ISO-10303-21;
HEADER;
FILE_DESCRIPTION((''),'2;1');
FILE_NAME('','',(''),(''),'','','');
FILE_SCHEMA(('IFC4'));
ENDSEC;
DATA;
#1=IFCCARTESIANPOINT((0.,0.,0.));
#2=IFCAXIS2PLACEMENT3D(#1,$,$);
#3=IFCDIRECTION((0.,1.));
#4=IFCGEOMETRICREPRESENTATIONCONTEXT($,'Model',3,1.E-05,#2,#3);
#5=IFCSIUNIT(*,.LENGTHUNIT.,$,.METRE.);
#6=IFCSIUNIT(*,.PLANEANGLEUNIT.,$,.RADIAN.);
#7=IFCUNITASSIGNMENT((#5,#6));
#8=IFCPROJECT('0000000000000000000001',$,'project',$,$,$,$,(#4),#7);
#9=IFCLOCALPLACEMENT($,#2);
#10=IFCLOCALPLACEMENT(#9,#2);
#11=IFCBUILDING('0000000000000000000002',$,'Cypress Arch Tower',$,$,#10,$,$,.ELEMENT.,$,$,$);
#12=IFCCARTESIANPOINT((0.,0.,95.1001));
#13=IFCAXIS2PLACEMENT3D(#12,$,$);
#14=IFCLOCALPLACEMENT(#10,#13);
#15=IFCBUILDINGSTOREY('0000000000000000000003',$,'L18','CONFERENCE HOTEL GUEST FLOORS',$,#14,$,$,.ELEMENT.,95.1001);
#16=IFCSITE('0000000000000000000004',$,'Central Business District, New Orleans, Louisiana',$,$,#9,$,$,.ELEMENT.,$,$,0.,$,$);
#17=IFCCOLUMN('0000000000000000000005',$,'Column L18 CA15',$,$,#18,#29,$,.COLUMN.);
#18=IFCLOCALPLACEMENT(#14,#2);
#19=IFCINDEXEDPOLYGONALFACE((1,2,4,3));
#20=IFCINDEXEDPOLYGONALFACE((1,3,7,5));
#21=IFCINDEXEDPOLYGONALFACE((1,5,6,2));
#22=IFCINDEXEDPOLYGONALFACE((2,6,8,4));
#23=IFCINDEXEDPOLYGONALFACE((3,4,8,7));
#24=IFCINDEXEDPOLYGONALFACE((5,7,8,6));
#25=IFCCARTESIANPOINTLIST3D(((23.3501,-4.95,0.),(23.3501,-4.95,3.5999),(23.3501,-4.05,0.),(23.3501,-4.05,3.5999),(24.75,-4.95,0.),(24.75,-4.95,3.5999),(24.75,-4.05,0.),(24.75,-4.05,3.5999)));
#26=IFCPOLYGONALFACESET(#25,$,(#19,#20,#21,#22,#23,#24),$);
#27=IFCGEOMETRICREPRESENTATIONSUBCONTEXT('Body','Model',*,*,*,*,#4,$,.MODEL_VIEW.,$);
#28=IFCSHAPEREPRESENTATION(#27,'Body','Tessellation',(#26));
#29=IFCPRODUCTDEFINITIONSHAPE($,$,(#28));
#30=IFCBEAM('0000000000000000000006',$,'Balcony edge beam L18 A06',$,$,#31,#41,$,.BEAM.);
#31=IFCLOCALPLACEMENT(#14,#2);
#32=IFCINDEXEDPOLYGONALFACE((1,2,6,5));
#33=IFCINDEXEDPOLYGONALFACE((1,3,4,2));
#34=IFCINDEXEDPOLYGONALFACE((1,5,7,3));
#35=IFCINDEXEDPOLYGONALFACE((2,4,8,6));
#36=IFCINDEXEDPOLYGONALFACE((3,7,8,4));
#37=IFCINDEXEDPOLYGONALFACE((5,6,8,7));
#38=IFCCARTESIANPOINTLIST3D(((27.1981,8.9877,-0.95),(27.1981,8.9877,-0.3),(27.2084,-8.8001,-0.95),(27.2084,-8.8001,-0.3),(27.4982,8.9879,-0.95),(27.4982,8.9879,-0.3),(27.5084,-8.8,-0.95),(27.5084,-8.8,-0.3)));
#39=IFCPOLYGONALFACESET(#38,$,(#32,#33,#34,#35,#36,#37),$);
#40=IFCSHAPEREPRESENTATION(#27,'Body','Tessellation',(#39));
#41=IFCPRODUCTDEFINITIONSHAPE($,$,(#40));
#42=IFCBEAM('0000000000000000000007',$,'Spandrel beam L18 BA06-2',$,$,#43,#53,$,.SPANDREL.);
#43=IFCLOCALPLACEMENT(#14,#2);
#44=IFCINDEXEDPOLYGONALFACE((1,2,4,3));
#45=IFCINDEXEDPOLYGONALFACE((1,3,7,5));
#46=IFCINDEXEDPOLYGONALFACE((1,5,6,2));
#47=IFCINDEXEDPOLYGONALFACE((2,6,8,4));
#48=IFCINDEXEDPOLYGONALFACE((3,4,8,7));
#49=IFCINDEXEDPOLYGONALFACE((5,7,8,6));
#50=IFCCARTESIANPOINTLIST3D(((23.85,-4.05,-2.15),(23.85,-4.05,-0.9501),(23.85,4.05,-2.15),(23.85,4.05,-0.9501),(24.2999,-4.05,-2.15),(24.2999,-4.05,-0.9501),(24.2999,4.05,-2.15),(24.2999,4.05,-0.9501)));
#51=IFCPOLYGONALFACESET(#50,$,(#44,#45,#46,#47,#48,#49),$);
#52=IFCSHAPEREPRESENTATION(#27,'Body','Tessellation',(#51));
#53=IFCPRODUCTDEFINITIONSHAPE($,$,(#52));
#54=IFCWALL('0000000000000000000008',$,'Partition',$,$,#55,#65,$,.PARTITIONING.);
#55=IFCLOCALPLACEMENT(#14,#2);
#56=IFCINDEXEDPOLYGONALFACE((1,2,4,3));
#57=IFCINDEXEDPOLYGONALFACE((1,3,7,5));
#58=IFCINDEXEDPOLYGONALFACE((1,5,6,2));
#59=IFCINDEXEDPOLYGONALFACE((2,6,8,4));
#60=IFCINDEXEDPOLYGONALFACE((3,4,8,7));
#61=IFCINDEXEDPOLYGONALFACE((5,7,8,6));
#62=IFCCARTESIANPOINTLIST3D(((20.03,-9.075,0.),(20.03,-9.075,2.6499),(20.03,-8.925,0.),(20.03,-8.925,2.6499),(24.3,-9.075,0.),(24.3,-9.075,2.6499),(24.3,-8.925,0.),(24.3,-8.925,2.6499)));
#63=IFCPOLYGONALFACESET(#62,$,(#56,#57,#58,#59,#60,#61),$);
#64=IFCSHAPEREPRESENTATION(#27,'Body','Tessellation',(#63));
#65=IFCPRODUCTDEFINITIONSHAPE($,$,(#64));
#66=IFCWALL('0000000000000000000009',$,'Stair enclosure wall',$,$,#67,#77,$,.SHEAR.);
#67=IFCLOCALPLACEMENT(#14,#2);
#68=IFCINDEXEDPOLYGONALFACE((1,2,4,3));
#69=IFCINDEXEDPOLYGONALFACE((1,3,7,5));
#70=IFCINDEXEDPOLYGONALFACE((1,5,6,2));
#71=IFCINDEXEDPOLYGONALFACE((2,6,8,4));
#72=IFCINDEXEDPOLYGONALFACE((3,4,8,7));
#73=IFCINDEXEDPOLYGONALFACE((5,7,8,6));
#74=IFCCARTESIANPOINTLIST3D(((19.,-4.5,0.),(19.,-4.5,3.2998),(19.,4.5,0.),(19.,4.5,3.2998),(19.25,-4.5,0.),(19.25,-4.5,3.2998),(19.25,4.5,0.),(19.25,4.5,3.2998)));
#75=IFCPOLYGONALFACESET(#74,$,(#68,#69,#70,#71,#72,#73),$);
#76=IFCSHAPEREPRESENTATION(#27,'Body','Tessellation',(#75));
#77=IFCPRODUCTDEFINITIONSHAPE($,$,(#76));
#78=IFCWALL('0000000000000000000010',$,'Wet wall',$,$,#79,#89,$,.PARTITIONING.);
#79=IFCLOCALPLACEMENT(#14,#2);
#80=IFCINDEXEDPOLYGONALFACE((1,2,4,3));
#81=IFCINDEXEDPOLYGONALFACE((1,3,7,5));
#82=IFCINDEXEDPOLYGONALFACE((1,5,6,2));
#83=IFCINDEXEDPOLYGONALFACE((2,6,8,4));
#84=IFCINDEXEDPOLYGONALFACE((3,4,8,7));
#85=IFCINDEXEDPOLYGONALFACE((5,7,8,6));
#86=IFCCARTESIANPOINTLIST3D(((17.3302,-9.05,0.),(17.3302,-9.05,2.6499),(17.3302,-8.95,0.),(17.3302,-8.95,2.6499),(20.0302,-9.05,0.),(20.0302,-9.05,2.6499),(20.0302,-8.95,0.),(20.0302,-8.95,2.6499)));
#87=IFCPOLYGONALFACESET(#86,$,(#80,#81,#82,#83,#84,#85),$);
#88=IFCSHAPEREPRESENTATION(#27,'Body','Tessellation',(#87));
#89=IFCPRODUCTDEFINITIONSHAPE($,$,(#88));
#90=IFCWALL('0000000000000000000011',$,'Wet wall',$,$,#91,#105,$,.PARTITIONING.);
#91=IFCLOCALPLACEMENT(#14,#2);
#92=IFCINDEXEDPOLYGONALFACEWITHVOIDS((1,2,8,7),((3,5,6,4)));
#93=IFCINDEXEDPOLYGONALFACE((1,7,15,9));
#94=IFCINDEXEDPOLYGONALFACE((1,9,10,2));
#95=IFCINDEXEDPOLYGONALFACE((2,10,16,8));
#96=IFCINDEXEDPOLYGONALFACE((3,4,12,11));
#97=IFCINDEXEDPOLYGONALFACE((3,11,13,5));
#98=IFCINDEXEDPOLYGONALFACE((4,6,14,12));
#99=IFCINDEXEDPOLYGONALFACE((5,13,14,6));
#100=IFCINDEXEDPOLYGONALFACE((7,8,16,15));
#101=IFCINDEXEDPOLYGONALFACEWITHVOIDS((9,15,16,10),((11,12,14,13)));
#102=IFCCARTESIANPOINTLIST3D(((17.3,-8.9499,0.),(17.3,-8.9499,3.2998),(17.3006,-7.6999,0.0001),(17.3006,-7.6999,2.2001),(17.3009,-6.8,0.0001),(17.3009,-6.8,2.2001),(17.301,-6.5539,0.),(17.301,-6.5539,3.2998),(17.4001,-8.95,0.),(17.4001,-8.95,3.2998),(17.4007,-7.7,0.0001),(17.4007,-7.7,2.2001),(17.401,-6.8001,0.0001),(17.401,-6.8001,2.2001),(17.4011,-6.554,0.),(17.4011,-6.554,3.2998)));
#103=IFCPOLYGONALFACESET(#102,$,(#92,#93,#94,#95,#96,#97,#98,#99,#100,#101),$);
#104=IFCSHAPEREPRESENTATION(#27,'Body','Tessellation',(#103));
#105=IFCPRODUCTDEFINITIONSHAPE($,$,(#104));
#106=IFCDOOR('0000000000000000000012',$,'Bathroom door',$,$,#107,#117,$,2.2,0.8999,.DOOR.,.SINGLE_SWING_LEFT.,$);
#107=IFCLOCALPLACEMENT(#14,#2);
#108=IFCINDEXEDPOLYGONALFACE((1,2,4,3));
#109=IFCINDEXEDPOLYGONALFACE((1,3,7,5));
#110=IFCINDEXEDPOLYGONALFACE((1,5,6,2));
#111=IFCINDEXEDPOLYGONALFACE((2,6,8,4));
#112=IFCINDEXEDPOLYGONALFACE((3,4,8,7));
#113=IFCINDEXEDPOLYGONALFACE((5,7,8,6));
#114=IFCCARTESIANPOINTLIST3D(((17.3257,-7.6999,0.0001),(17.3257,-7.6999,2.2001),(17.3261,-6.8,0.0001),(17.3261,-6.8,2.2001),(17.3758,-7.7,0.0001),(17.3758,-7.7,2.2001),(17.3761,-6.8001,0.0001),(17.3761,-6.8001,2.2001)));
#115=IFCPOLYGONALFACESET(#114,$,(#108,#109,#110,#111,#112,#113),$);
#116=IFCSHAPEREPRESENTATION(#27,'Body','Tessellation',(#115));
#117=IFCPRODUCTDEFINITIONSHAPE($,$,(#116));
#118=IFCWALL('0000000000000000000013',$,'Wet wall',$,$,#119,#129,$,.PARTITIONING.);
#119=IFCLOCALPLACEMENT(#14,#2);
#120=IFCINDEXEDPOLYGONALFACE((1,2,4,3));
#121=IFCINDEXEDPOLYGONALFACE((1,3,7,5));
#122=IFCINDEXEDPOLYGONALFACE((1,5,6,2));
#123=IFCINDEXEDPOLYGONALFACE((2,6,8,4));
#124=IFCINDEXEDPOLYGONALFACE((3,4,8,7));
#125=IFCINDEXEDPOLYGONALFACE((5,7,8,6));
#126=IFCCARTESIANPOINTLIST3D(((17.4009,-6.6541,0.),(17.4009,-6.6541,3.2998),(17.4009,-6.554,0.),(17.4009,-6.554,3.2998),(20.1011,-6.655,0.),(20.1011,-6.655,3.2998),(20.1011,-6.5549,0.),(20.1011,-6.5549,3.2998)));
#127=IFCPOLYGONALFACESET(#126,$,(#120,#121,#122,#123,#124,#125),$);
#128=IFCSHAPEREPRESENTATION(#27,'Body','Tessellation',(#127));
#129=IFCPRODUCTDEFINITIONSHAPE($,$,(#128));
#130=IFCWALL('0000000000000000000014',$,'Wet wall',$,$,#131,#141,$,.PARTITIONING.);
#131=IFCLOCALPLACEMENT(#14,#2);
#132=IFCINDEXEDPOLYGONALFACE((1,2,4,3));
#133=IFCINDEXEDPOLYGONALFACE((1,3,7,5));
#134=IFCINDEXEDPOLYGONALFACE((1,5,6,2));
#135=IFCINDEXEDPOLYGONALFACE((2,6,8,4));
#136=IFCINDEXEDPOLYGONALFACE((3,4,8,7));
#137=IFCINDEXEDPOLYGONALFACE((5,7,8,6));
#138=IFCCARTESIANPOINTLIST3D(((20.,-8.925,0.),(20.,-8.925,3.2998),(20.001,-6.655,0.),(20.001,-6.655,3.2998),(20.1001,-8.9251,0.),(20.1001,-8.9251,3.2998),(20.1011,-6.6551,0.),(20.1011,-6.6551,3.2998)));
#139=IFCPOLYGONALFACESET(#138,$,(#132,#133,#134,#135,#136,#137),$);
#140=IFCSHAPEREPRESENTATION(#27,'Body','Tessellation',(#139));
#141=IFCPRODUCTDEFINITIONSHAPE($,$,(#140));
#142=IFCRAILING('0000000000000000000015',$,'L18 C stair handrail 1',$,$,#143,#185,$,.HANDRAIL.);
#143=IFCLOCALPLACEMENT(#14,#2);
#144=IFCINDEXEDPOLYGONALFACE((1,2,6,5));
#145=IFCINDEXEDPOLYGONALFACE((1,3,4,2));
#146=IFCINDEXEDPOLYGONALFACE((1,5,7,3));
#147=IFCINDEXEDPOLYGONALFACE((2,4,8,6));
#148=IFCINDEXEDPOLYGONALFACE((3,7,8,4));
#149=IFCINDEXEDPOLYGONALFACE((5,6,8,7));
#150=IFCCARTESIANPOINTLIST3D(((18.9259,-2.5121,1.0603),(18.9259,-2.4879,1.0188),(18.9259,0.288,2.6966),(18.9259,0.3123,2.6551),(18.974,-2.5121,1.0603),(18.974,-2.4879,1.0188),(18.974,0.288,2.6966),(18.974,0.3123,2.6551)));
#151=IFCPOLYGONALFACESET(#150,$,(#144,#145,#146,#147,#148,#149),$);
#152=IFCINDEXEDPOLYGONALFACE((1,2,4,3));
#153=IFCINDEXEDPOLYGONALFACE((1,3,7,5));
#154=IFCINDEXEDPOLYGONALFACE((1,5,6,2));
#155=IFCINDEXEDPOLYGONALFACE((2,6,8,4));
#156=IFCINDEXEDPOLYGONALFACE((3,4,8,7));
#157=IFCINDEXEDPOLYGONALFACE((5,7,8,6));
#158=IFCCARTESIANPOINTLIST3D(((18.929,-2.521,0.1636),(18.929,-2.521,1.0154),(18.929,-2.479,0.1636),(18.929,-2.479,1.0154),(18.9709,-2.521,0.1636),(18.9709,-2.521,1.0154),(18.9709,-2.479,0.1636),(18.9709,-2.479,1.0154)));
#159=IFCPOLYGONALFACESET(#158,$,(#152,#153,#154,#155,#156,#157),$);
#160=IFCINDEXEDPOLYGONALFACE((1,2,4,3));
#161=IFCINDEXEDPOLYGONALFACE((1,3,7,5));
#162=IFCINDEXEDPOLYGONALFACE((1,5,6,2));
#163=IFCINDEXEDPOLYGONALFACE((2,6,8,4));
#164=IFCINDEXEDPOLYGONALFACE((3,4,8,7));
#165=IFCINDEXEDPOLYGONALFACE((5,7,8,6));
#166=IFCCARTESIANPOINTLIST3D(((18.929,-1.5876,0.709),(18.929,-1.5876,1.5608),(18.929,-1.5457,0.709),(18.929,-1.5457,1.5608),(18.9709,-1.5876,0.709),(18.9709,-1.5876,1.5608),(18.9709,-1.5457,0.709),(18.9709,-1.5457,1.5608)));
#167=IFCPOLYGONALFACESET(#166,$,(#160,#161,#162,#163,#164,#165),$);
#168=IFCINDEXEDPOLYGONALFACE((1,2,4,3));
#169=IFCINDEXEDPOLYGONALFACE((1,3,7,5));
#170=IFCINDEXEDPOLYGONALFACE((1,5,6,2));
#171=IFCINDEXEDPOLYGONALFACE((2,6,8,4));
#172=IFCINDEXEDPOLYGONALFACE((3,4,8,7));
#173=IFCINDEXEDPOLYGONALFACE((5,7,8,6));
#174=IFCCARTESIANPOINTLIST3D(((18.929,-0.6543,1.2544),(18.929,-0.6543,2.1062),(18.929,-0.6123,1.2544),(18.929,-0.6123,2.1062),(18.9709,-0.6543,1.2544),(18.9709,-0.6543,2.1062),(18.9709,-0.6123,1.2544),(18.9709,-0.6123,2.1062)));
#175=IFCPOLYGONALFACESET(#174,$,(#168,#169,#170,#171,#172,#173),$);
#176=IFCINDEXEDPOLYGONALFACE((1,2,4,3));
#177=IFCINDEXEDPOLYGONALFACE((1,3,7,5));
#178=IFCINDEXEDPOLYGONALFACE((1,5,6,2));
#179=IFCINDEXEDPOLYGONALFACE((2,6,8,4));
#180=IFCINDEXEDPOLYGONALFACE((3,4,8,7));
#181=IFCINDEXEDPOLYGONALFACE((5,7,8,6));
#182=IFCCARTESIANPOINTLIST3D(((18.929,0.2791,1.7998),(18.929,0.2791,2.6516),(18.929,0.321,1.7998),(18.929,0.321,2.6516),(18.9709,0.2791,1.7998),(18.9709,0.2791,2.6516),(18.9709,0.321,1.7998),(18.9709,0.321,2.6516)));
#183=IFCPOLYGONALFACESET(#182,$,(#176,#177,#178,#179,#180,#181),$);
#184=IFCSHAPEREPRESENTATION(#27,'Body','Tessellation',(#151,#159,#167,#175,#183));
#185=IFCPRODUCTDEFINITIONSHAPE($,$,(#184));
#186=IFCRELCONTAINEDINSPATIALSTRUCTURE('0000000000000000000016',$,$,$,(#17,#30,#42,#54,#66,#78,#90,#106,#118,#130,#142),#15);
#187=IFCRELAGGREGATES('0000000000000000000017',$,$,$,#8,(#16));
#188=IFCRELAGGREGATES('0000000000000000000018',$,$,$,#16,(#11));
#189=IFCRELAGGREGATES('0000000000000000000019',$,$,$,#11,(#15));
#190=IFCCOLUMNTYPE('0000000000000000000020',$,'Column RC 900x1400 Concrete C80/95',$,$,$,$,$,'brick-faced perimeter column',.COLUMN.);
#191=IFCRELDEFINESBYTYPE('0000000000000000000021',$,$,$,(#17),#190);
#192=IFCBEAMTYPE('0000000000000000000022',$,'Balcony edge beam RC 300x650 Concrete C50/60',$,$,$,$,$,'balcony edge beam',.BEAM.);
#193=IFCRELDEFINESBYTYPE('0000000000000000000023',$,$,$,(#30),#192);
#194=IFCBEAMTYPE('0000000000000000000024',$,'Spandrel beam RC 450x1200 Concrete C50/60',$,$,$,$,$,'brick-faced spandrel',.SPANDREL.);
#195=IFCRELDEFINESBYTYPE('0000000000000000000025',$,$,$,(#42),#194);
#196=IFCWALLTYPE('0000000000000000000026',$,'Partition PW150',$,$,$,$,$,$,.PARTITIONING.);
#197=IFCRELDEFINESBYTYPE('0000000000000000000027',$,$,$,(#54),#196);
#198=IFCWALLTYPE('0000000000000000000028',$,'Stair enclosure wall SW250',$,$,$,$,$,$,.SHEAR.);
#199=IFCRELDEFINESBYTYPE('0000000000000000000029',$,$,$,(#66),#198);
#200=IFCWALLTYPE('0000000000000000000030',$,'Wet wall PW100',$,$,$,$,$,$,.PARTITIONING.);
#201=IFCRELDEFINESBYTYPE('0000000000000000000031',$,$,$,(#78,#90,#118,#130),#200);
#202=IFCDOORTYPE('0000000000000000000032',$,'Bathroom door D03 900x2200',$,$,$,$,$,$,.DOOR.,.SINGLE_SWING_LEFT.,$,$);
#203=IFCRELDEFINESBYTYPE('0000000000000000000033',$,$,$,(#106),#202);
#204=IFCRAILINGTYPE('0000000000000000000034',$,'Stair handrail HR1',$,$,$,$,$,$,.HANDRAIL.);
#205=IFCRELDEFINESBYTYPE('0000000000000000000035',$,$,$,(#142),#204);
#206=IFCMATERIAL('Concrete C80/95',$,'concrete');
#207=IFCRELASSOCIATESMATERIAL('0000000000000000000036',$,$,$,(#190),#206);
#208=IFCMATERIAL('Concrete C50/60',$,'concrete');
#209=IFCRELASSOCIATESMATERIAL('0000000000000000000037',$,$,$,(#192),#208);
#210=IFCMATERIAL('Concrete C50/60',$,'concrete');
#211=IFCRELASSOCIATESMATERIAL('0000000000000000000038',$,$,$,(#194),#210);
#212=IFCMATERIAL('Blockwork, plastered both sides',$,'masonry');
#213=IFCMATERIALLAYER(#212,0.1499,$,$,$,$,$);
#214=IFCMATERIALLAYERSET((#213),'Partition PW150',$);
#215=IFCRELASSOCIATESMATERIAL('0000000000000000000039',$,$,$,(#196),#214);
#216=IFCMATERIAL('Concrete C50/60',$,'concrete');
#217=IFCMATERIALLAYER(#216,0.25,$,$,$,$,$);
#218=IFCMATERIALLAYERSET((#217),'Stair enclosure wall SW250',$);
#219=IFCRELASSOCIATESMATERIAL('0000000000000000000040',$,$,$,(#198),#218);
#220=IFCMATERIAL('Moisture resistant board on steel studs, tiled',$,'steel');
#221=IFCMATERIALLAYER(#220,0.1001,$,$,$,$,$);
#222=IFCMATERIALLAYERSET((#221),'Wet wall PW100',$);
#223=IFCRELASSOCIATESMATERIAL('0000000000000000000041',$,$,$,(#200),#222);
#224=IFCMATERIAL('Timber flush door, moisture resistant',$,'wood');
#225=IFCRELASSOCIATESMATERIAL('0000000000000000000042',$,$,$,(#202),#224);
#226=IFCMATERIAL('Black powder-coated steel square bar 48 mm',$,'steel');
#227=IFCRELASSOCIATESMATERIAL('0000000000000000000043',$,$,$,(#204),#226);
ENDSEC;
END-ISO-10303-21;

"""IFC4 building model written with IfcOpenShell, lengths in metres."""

from ifc_helpers import new_model, si_unit, direction, frame, frame_2d, origin, origin_2d, place, context, subcontext, project, spatial, rectangle, extrude, material, layer, layer_set, material_profile, profile_set, type_object, element, fill, save


model = new_model("IFC4")

# Units and contexts
model_context = context("Model", 3, precision=1e-05, world=origin(), true_north=direction((0.0, 1.0)))
body_context = subcontext(model_context, "Body", "Model", "MODEL_VIEW")
ifc_project = project(units=[si_unit("LENGTHUNIT", "METRE"), si_unit("PLANEANGLEUNIT", "RADIAN")], contexts=[model_context])

# Site, building, storey
site_placement = place(None, origin())
site = spatial("IfcSite", under=ifc_project, at=site_placement, Name="Central Business District, New Orleans, Louisiana", CompositionType="ELEMENT", RefElevation=0.0)
building_placement = place(site_placement, origin())
building = spatial("IfcBuilding", under=site, at=building_placement, Name="Cypress Arch Tower", CompositionType="ELEMENT")
storey_placement = place(building_placement, frame((0.0, 0.0, 95.1001)))
storey = spatial("IfcBuildingStorey", under=building, at=storey_placement, Name="L18", Description="CONFERENCE HOTEL GUEST FLOORS", CompositionType="ELEMENT", Elevation=95.1001)

# Column
ifc_material_1 = material(Name="Concrete C80/95", Category="concrete")
ifc_material_profile_1 = material_profile(ifc_material_1, rectangle(XDim=0.8999, YDim=1.3999, at=origin_2d()), Name="RC 900x1400")
ifc_profile_set_1 = profile_set([ifc_material_profile_1], Name="Concrete C80/95")
column_type = type_object("IfcColumnType", Name="Column RC 900x1400 Concrete C80/95", ElementType="brick-faced perimeter column", PredefinedType="COLUMN", material=ifc_profile_set_1)
column_placement = place(storey_placement, frame((24.05, -4.5, 0.0), z_axis=(0.0, 0.0, 1.0), x_axis=(0.0, 1.0, 0.0)))
element("IfcColumn", 1, at=column_placement, inside=storey, type_object=column_type, Name="Column L18 CA15", PredefinedType="COLUMN", context=body_context, shape_type="SweptSolid", body=[
    extrude(rectangle(XDim=0.8999, YDim=1.3999, at=origin_2d()), origin(), (0.0, 0.0, 1.0), 3.5999),
])

# Beams
ifc_material_2 = material(Name="Concrete C50/60", Category="concrete")
ifc_material_profile_2 = material_profile(ifc_material_2, rectangle(XDim=0.3, YDim=0.6499, at=origin_2d()), Name="RC 300x650")
ifc_profile_set_2 = profile_set([ifc_material_profile_2], Name="Concrete C50/60")
beam_type_1 = type_object("IfcBeamType", Name="Balcony edge beam RC 300x650 Concrete C50/60", ElementType="balcony edge beam", PredefinedType="BEAM", material=ifc_profile_set_2)
beam_1_placement = place(storey_placement, frame((27.3584, -8.8, -0.625), z_axis=(-0.000576, 1.0, 0.0), x_axis=(-1.0, -0.000576, 0.0)))
element("IfcBeam", 2, at=beam_1_placement, inside=storey, type_object=beam_type_1, Name="Balcony edge beam L18 A06", PredefinedType="BEAM", context=body_context, shape_type="SweptSolid", body=[
    extrude(rectangle(XDim=0.3, YDim=0.6499, at=origin_2d()), origin(), (0.0, 0.0, 1.0), 17.7878),
])
ifc_material_3 = material(Name="Concrete C50/60", Category="concrete")
ifc_material_profile_3 = material_profile(ifc_material_3, rectangle(XDim=0.45, YDim=1.2, at=origin_2d()), Name="RC 450x1200")
ifc_profile_set_3 = profile_set([ifc_material_profile_3], Name="Concrete C50/60")
beam_type_2 = type_object("IfcBeamType", Name="Spandrel beam RC 450x1200 Concrete C50/60", ElementType="brick-faced spandrel", PredefinedType="SPANDREL", material=ifc_profile_set_3)
beam_2_placement = place(storey_placement, frame((24.075, -4.05, -1.55), z_axis=(0.0, 1.0, 0.0), x_axis=(-1.0, 0.0, 0.0)))
element("IfcBeam", 3, at=beam_2_placement, inside=storey, type_object=beam_type_2, Name="Spandrel beam L18 BA06-2", PredefinedType="SPANDREL", context=body_context, shape_type="SweptSolid", body=[
    extrude(rectangle(XDim=0.45, YDim=1.2, at=origin_2d()), origin(), (0.0, 0.0, 1.0), 8.1001),
])

# Walls
ifc_material_4 = material(Name="Blockwork, plastered both sides", Category="masonry")
ifc_layer_1 = layer(ifc_material_4, 0.1499)
ifc_layer_set_1 = layer_set([ifc_layer_1], Name="Partition PW150")
wall_type_1 = type_object("IfcWallType", Name="Partition PW150", PredefinedType="PARTITIONING", material=ifc_layer_set_1)
wall_1_placement = place(storey_placement, frame((20.03, -9.0, 0.0), z_axis=(0.0, 0.0, 1.0), x_axis=(1.0, 0.0, 0.0)))
element("IfcWall", 4, at=wall_1_placement, inside=storey, type_object=wall_type_1, Name="Partition", PredefinedType="PARTITIONING", context=body_context, shape_type="SweptSolid", body=[
    extrude(rectangle(XDim=4.27, YDim=0.1499, at=frame_2d((2.135, 0.0))), origin(), (0.0, 0.0, 1.0), 2.6499),
])
ifc_material_5 = material(Name="Concrete C50/60", Category="concrete")
ifc_layer_2 = layer(ifc_material_5, 0.25)
ifc_layer_set_2 = layer_set([ifc_layer_2], Name="Stair enclosure wall SW250")
wall_type_2 = type_object("IfcWallType", Name="Stair enclosure wall SW250", PredefinedType="SHEAR", material=ifc_layer_set_2)
wall_2_placement = place(storey_placement, frame((19.125, -4.5, 0.0), z_axis=(0.0, 0.0, 1.0), x_axis=(0.0, 1.0, 0.0)))
element("IfcWall", 5, at=wall_2_placement, inside=storey, type_object=wall_type_2, Name="Stair enclosure wall", PredefinedType="SHEAR", context=body_context, shape_type="SweptSolid", body=[
    extrude(rectangle(XDim=9.0, YDim=0.25, at=frame_2d((4.5, 0.0))), origin(), (0.0, 0.0, 1.0), 3.2998),
])
ifc_material_6 = material(Name="Moisture resistant board on steel studs, tiled", Category="steel")
ifc_layer_3 = layer(ifc_material_6, 0.1001)
ifc_layer_set_3 = layer_set([ifc_layer_3], Name="Wet wall PW100")
wall_type_3 = type_object("IfcWallType", Name="Wet wall PW100", PredefinedType="PARTITIONING", material=ifc_layer_set_3)
wall_3_placement = place(storey_placement, frame((17.3301, -9.0, 0.0), z_axis=(0.0, 0.0, 1.0), x_axis=(1.0, 0.0, 0.0)))
element("IfcWall", 6, at=wall_3_placement, inside=storey, type_object=wall_type_3, Name="Wet wall", PredefinedType="PARTITIONING", context=body_context, shape_type="SweptSolid", body=[
    extrude(rectangle(XDim=2.7, YDim=0.1001, at=frame_2d((1.3501, 0.0))), origin(), (0.0, 0.0, 1.0), 2.6499),
])

# Wall, opening, door
wall_4_placement = place(storey_placement, frame((17.3501, -8.95, 0.0), z_axis=(0.0, 0.0, 1.0), x_axis=(0.000408, 1.0, 0.0)))
wall_4 = element("IfcWall", 7, at=wall_4_placement, inside=storey, type_object=wall_type_3, Name="Wet wall", PredefinedType="PARTITIONING", context=body_context, shape_type="SweptSolid", body=[
    extrude(rectangle(XDim=2.396, YDim=0.1001, at=frame_2d((1.198, 0.0))), origin(), (0.0, 0.0, 1.0), 3.2998),
])
opening_1_placement = place(wall_4_placement, frame((1.25, 0.0, 0.0)))
opening_1 = element("IfcOpeningElement", 8, at=opening_1_placement, cuts=wall_4, PredefinedType="OPENING", context=body_context, shape_type="SweptSolid", body=[
    extrude(rectangle(XDim=0.8999, YDim=2.2, at=frame_2d((0.45, 1.1001))), frame((0.0, 0.0601, 0.0), z_axis=(0.0, -1.0, 0.0), x_axis=(1.0, 0.0, 0.0)), (0.0, 0.0, 1.0), 0.1201),
])
ifc_material_7 = material(Name="Timber flush door, moisture resistant", Category="wood")
door_type_1 = type_object("IfcDoorType", Name="Bathroom door D03 900x2200", OperationType="SINGLE_SWING_LEFT", PredefinedType="DOOR", material=ifc_material_7)
door_1_placement = place(opening_1_placement, origin())
door_1 = element("IfcDoor", 9, at=door_1_placement, inside=storey, type_object=door_type_1, Name="Bathroom door", OperationType="SINGLE_SWING_LEFT", OverallHeight=2.2, OverallWidth=0.8999, PredefinedType="DOOR", context=body_context, shape_type="SweptSolid", body=[
    extrude(rectangle(XDim=0.8999, YDim=2.2, at=frame_2d((0.45, 1.1001))), frame((0.0, 0.0249, 0.0), z_axis=(0.0, -1.0, 0.0), x_axis=(1.0, 0.0, 0.0)), (0.0, 0.0, 1.0), 0.05),
])
fill(opening_1, door_1)

# Walls
wall_5_placement = place(storey_placement, frame((17.4009, -6.604, 0.0), z_axis=(0.0, 0.0, 1.0), x_axis=(1.0, -0.000362, 0.0)))
element("IfcWall", 10, at=wall_5_placement, inside=storey, type_object=wall_type_3, Name="Wet wall", PredefinedType="PARTITIONING", context=body_context, shape_type="SweptSolid", body=[
    extrude(rectangle(XDim=2.7002, YDim=0.1001, at=frame_2d((1.3501, 0.0))), origin(), (0.0, 0.0, 1.0), 3.2998),
])
wall_6_placement = place(storey_placement, frame((20.05, -8.925, 0.0), z_axis=(0.0, 0.0, 1.0), x_axis=(0.00043, 1.0, 0.0)))
element("IfcWall", 11, at=wall_6_placement, inside=storey, type_object=wall_type_3, Name="Wet wall", PredefinedType="PARTITIONING", context=body_context, shape_type="SweptSolid", body=[
    extrude(rectangle(XDim=2.27, YDim=0.1001, at=frame_2d((1.135, 0.0))), origin(), (0.0, 0.0, 1.0), 3.2998),
])

# Railing
ifc_material_8 = material(Name="Black powder-coated steel square bar 48 mm", Category="steel")
railing_type_1 = type_object("IfcRailingType", Name="Stair handrail HR1", PredefinedType="HANDRAIL", material=ifc_material_8)
railing_1_placement = place(storey_placement, frame((18.95, -2.5, 0.1636)))
element("IfcRailing", 12, at=railing_1_placement, inside=storey, type_object=railing_type_1, Name="L18 C stair handrail 1", PredefinedType="HANDRAIL", context=body_context, shape_type="SweptSolid", body=[
    extrude(rectangle(XDim=0.0481, YDim=0.0481, at=origin_2d()), frame((0.0, 0.0, 0.876), z_axis=(0.0, 0.863394, 0.504531), x_axis=(-1.0, 0.0, 0.0)), (0.0, 0.0, 1.0), 3.2432),
    extrude(rectangle(XDim=0.042, YDim=0.042, at=origin_2d()), origin(), (0.0, 0.0, 1.0), 0.8518),
    extrude(rectangle(XDim=0.042, YDim=0.042, at=origin_2d()), frame((0.0, 0.9333, 0.5454)), (0.0, 0.0, 1.0), 0.8518),
    extrude(rectangle(XDim=0.042, YDim=0.042, at=origin_2d()), frame((0.0, 1.8667, 1.0908)), (0.0, 0.0, 1.0), 0.8518),
    extrude(rectangle(XDim=0.042, YDim=0.042, at=origin_2d()), frame((0.0, 2.8, 1.6362)), (0.0, 0.0, 1.0), 0.8518),
])

save(model, "model.ifc")
